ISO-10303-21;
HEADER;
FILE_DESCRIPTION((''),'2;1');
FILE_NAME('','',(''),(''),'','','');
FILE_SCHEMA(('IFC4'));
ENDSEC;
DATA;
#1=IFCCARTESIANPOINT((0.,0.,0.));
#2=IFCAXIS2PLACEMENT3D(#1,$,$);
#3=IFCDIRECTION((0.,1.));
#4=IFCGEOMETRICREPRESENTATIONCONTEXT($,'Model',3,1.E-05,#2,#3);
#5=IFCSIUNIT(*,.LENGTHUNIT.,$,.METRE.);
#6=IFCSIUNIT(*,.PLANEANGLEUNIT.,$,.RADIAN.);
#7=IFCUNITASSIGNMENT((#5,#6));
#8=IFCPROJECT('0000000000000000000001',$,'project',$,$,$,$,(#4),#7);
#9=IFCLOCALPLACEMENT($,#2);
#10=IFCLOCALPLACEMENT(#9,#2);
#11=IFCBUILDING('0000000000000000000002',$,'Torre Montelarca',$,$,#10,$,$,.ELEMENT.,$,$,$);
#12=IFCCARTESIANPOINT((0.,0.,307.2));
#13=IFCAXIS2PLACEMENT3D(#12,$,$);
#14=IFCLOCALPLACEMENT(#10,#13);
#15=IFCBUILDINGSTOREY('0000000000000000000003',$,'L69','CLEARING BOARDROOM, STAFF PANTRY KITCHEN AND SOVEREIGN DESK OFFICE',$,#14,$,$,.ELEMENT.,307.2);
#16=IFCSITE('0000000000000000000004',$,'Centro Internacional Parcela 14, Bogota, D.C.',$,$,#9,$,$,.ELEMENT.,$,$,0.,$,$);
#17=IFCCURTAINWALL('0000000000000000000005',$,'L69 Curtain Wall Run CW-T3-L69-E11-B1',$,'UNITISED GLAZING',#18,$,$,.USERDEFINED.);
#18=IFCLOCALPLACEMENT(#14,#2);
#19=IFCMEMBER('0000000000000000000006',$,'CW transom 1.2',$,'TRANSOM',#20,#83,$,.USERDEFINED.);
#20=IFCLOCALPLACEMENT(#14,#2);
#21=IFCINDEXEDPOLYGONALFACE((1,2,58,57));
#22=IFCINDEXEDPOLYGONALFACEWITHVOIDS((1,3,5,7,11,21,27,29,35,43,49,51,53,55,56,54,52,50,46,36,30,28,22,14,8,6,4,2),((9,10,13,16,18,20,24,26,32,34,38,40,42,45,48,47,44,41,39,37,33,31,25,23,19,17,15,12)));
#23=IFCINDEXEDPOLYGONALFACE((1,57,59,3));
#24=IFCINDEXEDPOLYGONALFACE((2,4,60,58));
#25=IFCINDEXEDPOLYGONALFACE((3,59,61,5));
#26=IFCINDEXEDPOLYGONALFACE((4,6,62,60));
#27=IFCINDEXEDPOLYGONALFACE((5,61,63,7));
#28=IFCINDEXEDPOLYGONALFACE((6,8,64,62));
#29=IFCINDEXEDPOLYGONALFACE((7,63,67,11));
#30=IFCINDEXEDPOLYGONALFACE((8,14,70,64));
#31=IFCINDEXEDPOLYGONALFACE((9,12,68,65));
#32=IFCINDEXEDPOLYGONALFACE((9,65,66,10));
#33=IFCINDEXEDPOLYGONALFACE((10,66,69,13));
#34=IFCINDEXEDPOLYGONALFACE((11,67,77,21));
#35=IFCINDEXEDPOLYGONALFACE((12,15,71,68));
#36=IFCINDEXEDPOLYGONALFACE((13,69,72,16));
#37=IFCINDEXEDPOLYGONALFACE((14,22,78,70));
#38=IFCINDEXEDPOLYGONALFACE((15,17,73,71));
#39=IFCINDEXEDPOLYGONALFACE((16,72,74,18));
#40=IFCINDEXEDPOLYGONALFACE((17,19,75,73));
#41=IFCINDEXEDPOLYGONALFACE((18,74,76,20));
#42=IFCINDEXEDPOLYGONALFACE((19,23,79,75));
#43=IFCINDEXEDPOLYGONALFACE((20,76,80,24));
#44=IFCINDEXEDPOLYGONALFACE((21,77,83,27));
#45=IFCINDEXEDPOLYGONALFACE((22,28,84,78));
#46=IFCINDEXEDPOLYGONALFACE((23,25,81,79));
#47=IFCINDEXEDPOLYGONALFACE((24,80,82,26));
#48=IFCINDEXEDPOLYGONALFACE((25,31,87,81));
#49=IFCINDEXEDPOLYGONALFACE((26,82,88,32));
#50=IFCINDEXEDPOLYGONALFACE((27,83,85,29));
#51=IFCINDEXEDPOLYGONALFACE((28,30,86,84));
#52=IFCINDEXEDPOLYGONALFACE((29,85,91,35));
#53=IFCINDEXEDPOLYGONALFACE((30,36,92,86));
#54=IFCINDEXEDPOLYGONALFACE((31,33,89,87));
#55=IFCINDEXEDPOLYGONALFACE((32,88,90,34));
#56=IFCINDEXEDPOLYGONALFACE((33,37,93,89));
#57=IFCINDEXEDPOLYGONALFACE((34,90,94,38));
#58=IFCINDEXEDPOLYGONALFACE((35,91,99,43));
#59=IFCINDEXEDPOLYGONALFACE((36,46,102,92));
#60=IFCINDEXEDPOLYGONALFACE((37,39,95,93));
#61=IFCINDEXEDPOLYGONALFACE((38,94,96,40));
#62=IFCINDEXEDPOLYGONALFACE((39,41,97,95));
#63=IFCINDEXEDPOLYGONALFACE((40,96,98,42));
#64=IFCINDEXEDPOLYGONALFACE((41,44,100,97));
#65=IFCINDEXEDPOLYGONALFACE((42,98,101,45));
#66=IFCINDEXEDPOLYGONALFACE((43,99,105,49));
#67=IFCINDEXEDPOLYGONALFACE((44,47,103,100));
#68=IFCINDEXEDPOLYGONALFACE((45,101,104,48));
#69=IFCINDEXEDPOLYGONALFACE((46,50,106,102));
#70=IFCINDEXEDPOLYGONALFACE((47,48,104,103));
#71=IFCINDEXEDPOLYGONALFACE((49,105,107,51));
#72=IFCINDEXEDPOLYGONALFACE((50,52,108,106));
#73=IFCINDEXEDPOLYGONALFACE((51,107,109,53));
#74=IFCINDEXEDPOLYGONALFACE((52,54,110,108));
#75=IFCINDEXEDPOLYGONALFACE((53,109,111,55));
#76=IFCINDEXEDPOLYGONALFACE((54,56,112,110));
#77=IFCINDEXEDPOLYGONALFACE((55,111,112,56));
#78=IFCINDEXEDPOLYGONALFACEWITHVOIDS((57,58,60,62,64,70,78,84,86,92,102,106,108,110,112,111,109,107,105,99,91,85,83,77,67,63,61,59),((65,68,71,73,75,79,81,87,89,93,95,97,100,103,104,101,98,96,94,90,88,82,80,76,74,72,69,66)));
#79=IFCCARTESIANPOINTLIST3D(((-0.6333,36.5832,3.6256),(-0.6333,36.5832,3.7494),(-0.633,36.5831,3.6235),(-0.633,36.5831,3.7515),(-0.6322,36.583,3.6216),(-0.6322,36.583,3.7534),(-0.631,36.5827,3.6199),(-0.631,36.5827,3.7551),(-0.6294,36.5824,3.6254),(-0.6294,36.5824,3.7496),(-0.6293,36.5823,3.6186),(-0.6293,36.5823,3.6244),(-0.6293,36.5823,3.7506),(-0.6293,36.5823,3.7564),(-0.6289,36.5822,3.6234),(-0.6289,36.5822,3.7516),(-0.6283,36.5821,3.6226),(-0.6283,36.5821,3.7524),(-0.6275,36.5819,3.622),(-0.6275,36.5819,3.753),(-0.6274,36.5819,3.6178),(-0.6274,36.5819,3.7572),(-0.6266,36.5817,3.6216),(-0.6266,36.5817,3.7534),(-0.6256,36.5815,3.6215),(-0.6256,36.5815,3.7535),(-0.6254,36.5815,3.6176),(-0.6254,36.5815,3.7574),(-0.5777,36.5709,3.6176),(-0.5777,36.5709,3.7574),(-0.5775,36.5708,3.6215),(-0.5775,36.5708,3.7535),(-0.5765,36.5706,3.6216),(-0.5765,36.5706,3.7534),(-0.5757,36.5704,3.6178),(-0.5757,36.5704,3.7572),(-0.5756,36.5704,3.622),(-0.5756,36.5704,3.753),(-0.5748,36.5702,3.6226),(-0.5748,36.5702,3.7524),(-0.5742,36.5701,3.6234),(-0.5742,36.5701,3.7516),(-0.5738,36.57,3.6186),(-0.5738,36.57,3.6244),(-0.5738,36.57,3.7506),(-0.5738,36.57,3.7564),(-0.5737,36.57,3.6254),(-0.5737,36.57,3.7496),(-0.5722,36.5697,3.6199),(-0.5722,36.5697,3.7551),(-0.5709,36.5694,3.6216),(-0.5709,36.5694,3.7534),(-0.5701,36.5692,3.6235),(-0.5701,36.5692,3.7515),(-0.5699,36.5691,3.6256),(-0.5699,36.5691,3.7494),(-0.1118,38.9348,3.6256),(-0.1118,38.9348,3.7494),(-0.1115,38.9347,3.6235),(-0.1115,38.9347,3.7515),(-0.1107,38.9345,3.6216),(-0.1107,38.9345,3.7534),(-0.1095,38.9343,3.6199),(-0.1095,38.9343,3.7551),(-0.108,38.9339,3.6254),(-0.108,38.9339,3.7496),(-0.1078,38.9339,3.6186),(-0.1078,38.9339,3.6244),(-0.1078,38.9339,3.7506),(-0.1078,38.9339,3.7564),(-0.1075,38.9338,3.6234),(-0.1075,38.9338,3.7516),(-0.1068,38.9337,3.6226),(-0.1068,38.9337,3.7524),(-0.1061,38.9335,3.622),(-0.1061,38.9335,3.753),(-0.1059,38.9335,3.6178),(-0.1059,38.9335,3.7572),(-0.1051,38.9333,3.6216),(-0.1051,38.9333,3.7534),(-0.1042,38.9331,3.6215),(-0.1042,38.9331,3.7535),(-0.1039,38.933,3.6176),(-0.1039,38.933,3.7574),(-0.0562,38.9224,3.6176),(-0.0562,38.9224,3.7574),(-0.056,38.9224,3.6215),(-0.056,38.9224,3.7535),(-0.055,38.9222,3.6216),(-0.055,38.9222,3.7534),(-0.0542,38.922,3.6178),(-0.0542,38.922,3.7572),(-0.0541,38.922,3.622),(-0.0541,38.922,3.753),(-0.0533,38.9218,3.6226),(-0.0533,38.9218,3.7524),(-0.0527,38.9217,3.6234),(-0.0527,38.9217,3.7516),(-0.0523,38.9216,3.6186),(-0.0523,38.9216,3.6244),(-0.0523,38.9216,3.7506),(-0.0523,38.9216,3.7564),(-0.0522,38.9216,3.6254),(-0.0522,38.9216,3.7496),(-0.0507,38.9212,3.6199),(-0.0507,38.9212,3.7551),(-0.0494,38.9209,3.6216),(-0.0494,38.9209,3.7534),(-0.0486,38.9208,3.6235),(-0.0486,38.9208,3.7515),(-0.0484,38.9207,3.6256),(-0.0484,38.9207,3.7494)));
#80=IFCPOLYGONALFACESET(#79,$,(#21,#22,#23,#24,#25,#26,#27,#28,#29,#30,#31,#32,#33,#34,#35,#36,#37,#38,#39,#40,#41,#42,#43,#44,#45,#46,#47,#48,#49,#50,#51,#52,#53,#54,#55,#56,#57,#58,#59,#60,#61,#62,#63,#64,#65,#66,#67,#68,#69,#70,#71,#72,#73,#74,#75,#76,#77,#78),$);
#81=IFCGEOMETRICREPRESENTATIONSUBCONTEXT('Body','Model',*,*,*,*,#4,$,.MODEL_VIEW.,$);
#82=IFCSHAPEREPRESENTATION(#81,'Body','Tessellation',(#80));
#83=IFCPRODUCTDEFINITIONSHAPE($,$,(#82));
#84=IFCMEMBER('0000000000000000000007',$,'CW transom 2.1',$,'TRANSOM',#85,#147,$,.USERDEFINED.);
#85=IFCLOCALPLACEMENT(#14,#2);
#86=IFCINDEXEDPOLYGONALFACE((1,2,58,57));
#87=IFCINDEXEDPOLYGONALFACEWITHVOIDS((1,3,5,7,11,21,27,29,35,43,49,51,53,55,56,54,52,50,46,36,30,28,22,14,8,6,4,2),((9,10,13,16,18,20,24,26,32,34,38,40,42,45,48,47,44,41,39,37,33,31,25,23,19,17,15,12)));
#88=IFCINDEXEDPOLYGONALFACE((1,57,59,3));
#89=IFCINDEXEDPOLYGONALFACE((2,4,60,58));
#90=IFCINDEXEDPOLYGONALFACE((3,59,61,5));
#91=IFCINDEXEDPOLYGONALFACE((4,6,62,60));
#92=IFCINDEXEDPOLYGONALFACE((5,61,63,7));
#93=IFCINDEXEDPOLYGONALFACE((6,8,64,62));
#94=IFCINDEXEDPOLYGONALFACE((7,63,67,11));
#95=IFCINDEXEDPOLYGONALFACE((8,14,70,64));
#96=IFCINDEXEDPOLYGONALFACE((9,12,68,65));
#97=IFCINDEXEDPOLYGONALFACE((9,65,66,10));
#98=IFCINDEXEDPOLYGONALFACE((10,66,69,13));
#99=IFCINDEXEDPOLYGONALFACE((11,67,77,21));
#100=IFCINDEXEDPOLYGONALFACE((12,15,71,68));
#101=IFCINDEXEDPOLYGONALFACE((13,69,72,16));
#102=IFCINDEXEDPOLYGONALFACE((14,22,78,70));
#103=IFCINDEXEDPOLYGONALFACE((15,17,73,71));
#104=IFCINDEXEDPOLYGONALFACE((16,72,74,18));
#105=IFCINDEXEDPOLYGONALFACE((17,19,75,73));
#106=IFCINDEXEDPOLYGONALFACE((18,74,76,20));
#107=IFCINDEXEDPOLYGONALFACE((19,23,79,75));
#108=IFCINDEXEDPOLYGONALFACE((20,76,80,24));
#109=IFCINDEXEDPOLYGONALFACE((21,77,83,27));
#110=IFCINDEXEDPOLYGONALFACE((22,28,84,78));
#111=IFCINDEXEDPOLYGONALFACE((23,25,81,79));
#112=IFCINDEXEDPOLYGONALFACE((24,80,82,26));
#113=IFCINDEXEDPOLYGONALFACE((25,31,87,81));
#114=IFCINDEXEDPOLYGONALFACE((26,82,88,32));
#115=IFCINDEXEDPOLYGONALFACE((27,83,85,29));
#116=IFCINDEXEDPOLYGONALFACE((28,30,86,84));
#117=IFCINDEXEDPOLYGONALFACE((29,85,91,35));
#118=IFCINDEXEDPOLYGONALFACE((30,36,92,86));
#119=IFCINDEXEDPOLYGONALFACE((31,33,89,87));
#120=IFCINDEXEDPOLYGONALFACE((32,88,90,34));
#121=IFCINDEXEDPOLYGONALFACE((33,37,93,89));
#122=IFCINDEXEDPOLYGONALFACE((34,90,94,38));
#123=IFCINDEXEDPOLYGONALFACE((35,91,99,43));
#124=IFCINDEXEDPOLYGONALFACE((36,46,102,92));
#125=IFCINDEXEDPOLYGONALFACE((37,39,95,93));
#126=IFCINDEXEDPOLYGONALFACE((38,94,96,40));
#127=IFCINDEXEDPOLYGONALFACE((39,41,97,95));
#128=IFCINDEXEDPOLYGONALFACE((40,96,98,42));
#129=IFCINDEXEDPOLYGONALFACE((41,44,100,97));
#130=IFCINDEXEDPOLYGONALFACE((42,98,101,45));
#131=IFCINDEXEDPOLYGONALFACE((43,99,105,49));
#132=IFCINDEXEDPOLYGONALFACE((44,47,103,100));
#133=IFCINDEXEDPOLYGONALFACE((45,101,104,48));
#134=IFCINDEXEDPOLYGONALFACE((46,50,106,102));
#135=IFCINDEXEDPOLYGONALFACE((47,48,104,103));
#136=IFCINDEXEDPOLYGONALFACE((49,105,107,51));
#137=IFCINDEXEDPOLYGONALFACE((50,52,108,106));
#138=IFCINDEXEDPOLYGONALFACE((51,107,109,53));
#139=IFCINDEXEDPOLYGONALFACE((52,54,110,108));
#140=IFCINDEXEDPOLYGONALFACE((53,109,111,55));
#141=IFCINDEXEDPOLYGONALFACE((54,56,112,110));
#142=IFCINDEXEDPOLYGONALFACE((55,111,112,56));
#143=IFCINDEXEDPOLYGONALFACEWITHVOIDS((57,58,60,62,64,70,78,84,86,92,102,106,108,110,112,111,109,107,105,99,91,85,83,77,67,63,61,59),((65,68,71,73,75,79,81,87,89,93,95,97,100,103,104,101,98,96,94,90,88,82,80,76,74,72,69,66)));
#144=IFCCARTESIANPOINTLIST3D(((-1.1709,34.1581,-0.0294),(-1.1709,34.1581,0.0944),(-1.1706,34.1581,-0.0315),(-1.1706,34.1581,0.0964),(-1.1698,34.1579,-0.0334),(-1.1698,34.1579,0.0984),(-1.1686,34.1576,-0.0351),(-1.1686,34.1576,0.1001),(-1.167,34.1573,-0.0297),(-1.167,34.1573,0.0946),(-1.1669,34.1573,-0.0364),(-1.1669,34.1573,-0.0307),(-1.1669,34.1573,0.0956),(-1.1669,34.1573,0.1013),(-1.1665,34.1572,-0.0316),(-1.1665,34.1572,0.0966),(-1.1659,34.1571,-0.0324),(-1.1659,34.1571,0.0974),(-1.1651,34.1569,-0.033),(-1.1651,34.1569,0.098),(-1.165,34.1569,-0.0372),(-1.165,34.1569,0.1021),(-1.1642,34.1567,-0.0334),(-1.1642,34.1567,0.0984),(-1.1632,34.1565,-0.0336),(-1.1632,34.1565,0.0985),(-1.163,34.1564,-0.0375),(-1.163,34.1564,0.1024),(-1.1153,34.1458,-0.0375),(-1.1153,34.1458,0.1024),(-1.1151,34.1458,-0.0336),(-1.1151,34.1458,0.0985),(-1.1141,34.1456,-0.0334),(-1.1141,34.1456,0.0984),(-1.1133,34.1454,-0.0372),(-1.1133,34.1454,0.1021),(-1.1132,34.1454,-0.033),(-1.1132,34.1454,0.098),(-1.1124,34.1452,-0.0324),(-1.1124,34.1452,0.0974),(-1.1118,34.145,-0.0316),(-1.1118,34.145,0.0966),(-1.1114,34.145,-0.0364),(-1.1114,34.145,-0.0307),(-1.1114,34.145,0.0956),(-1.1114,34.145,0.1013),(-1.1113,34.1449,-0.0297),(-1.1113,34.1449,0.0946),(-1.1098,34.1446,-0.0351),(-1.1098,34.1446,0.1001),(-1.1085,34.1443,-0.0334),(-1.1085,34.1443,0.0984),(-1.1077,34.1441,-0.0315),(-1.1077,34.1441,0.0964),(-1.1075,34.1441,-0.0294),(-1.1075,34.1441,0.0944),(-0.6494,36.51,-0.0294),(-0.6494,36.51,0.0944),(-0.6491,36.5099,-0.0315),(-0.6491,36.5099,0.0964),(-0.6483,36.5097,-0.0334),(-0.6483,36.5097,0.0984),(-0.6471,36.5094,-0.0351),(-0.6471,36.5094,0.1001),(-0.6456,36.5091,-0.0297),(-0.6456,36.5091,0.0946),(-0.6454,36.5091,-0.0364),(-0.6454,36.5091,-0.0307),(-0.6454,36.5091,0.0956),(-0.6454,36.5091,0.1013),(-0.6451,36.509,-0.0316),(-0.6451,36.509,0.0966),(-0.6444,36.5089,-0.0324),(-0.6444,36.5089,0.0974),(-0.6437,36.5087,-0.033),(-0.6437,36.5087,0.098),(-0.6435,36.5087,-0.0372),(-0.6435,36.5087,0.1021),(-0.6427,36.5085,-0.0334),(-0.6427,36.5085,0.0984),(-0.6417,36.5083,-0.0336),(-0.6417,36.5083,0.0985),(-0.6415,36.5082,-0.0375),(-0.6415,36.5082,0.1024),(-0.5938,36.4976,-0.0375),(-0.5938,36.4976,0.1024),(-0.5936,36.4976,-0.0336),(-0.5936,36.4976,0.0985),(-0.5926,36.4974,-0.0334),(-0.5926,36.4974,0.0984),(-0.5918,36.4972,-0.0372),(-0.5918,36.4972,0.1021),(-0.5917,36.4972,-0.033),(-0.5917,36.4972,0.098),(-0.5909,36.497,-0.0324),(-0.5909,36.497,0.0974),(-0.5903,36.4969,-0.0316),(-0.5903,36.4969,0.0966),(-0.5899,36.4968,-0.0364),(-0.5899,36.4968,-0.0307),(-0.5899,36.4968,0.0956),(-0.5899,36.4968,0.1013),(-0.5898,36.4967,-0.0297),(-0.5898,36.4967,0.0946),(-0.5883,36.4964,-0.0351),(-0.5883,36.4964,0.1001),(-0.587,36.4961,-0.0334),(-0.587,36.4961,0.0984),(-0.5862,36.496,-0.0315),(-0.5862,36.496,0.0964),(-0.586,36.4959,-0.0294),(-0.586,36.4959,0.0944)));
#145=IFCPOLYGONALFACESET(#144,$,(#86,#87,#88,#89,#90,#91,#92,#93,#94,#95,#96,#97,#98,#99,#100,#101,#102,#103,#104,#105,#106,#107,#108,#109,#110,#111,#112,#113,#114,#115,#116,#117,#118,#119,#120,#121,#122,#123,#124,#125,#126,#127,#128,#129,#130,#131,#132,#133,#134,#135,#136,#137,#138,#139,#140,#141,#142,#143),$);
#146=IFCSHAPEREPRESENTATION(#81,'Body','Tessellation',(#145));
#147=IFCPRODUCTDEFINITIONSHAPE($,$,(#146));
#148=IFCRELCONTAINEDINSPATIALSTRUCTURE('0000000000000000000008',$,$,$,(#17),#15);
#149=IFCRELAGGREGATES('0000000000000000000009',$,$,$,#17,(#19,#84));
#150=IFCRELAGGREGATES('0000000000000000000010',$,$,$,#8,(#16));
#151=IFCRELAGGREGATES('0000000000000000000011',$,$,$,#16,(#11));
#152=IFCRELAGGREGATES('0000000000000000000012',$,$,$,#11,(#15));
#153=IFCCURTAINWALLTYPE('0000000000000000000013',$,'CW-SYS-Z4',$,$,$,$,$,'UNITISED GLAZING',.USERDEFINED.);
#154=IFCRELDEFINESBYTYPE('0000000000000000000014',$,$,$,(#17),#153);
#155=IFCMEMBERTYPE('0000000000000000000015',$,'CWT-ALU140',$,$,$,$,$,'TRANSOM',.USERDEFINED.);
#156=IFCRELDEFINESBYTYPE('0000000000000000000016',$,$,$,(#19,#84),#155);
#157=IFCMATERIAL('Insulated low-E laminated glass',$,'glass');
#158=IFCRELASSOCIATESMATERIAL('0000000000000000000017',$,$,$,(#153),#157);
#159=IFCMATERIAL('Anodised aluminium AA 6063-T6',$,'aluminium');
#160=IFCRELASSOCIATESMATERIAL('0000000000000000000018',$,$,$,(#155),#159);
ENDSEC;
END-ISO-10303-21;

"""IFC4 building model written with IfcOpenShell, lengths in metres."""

from ifc_helpers import new_model, si_unit, direction, frame, origin, origin_2d, place, context, subcontext, project, spatial, hollow_rectangle, extrude, source, transform, mapped, material, material_profile, profile_set, type_object, element, aggregate, save


model = new_model("IFC4")

# Units and contexts
model_context = context("Model", 3, precision=1e-05, world=origin(), true_north=direction((0.0, 1.0)))
body_context = subcontext(model_context, "Body", "Model", "MODEL_VIEW")
ifc_project = project(units=[si_unit("LENGTHUNIT", "METRE"), si_unit("PLANEANGLEUNIT", "RADIAN")], contexts=[model_context])

# Site, building, storey
site_placement = place(None, origin())
site = spatial("IfcSite", under=ifc_project, at=site_placement, Name="Centro Internacional Parcela 14, Bogota, D.C.", CompositionType="ELEMENT", RefElevation=0.0)
building_placement = place(site_placement, origin())
building = spatial("IfcBuilding", under=site, at=building_placement, Name="Torre Montelarca", CompositionType="ELEMENT")
storey_placement = place(building_placement, frame((0.0, 0.0, 307.2)))
storey = spatial("IfcBuildingStorey", under=building, at=storey_placement, Name="L69", Description="CLEARING BOARDROOM, STAFF PANTRY KITCHEN AND SOVEREIGN DESK OFFICE", CompositionType="ELEMENT", Elevation=307.2)

# Curtain wall, members
ifc_material_1 = material(Name="Insulated low-E laminated glass", Category="glass")
curtain_wall_type = type_object("IfcCurtainWallType", Name="CW-SYS-Z4", ElementType="UNITISED GLAZING", PredefinedType="USERDEFINED", material=ifc_material_1)
curtain_wall_placement = place(storey_placement, origin())
curtain_wall = element("IfcCurtainWall", 1, at=curtain_wall_placement, inside=storey, type_object=curtain_wall_type, Name="L69 Curtain Wall Run CW-T3-L69-E11-B1", ObjectType="UNITISED GLAZING", PredefinedType="USERDEFINED")
ifc_material_2 = material(Name="Anodised aluminium AA 6063-T6", Category="aluminium")
ifc_material_profile_1 = material_profile(ifc_material_2, hollow_rectangle(XDim=0.0649, YDim=0.1399, WallThickness=0.0039, InnerFilletRadius=0.0039, OuterFilletRadius=0.0081, at=origin_2d()), Name="ALU65X140X4", Category="aluminium")
ifc_profile_set_1 = profile_set([ifc_material_profile_1], Name="Anodised aluminium AA 6063-T6")
member_type_1 = type_object("IfcMemberType", Name="CWT-ALU140", ElementType="TRANSOM", PredefinedType="USERDEFINED", material=ifc_profile_set_1)
shared_shape_1 = source(origin(), body_context, "Body", "SweptSolid", [
    extrude(hollow_rectangle(XDim=0.0649, YDim=0.1399, WallThickness=0.0039, InnerFilletRadius=0.0039, OuterFilletRadius=0.0081, at=origin_2d()), origin(), (0.0, 0.0, 1.0), 2.4087),
])
member_1_placement = place(storey_placement, frame((-0.0801, 38.9277, 3.6875), z_axis=(-0.216501, -0.976282, 0.0), x_axis=(0.976282, -0.216501, 0.0)))
member_1 = element("IfcMember", 2, at=member_1_placement, type_object=member_type_1, Name="CW transom 1.2", ObjectType="TRANSOM", PredefinedType="USERDEFINED", context=body_context, shape_type="MappedRepresentation", body=[
    mapped(shared_shape_1, transform((0.0, 0.0, 0.0), scale=1.0)),
])
shared_shape_2 = source(origin(), body_context, "Body", "SweptSolid", [
    extrude(hollow_rectangle(XDim=0.0649, YDim=0.1399, WallThickness=0.0039, InnerFilletRadius=0.0039, OuterFilletRadius=0.0081, at=origin_2d()), origin(), (0.0, 0.0, 1.0), 2.4089),
])
member_2_placement = place(storey_placement, frame((-0.6177, 36.5029, 0.0325), z_axis=(-0.21648, -0.976287, 0.0), x_axis=(0.976287, -0.21648, 0.0)))
member_2 = element("IfcMember", 3, at=member_2_placement, type_object=member_type_1, Name="CW transom 2.1", ObjectType="TRANSOM", PredefinedType="USERDEFINED", context=body_context, shape_type="MappedRepresentation", body=[
    mapped(shared_shape_2, transform((0.0, 0.0, 0.0), scale=1.0)),
])
aggregate(curtain_wall, [member_1, member_2])

save(model, "model.ifc")
